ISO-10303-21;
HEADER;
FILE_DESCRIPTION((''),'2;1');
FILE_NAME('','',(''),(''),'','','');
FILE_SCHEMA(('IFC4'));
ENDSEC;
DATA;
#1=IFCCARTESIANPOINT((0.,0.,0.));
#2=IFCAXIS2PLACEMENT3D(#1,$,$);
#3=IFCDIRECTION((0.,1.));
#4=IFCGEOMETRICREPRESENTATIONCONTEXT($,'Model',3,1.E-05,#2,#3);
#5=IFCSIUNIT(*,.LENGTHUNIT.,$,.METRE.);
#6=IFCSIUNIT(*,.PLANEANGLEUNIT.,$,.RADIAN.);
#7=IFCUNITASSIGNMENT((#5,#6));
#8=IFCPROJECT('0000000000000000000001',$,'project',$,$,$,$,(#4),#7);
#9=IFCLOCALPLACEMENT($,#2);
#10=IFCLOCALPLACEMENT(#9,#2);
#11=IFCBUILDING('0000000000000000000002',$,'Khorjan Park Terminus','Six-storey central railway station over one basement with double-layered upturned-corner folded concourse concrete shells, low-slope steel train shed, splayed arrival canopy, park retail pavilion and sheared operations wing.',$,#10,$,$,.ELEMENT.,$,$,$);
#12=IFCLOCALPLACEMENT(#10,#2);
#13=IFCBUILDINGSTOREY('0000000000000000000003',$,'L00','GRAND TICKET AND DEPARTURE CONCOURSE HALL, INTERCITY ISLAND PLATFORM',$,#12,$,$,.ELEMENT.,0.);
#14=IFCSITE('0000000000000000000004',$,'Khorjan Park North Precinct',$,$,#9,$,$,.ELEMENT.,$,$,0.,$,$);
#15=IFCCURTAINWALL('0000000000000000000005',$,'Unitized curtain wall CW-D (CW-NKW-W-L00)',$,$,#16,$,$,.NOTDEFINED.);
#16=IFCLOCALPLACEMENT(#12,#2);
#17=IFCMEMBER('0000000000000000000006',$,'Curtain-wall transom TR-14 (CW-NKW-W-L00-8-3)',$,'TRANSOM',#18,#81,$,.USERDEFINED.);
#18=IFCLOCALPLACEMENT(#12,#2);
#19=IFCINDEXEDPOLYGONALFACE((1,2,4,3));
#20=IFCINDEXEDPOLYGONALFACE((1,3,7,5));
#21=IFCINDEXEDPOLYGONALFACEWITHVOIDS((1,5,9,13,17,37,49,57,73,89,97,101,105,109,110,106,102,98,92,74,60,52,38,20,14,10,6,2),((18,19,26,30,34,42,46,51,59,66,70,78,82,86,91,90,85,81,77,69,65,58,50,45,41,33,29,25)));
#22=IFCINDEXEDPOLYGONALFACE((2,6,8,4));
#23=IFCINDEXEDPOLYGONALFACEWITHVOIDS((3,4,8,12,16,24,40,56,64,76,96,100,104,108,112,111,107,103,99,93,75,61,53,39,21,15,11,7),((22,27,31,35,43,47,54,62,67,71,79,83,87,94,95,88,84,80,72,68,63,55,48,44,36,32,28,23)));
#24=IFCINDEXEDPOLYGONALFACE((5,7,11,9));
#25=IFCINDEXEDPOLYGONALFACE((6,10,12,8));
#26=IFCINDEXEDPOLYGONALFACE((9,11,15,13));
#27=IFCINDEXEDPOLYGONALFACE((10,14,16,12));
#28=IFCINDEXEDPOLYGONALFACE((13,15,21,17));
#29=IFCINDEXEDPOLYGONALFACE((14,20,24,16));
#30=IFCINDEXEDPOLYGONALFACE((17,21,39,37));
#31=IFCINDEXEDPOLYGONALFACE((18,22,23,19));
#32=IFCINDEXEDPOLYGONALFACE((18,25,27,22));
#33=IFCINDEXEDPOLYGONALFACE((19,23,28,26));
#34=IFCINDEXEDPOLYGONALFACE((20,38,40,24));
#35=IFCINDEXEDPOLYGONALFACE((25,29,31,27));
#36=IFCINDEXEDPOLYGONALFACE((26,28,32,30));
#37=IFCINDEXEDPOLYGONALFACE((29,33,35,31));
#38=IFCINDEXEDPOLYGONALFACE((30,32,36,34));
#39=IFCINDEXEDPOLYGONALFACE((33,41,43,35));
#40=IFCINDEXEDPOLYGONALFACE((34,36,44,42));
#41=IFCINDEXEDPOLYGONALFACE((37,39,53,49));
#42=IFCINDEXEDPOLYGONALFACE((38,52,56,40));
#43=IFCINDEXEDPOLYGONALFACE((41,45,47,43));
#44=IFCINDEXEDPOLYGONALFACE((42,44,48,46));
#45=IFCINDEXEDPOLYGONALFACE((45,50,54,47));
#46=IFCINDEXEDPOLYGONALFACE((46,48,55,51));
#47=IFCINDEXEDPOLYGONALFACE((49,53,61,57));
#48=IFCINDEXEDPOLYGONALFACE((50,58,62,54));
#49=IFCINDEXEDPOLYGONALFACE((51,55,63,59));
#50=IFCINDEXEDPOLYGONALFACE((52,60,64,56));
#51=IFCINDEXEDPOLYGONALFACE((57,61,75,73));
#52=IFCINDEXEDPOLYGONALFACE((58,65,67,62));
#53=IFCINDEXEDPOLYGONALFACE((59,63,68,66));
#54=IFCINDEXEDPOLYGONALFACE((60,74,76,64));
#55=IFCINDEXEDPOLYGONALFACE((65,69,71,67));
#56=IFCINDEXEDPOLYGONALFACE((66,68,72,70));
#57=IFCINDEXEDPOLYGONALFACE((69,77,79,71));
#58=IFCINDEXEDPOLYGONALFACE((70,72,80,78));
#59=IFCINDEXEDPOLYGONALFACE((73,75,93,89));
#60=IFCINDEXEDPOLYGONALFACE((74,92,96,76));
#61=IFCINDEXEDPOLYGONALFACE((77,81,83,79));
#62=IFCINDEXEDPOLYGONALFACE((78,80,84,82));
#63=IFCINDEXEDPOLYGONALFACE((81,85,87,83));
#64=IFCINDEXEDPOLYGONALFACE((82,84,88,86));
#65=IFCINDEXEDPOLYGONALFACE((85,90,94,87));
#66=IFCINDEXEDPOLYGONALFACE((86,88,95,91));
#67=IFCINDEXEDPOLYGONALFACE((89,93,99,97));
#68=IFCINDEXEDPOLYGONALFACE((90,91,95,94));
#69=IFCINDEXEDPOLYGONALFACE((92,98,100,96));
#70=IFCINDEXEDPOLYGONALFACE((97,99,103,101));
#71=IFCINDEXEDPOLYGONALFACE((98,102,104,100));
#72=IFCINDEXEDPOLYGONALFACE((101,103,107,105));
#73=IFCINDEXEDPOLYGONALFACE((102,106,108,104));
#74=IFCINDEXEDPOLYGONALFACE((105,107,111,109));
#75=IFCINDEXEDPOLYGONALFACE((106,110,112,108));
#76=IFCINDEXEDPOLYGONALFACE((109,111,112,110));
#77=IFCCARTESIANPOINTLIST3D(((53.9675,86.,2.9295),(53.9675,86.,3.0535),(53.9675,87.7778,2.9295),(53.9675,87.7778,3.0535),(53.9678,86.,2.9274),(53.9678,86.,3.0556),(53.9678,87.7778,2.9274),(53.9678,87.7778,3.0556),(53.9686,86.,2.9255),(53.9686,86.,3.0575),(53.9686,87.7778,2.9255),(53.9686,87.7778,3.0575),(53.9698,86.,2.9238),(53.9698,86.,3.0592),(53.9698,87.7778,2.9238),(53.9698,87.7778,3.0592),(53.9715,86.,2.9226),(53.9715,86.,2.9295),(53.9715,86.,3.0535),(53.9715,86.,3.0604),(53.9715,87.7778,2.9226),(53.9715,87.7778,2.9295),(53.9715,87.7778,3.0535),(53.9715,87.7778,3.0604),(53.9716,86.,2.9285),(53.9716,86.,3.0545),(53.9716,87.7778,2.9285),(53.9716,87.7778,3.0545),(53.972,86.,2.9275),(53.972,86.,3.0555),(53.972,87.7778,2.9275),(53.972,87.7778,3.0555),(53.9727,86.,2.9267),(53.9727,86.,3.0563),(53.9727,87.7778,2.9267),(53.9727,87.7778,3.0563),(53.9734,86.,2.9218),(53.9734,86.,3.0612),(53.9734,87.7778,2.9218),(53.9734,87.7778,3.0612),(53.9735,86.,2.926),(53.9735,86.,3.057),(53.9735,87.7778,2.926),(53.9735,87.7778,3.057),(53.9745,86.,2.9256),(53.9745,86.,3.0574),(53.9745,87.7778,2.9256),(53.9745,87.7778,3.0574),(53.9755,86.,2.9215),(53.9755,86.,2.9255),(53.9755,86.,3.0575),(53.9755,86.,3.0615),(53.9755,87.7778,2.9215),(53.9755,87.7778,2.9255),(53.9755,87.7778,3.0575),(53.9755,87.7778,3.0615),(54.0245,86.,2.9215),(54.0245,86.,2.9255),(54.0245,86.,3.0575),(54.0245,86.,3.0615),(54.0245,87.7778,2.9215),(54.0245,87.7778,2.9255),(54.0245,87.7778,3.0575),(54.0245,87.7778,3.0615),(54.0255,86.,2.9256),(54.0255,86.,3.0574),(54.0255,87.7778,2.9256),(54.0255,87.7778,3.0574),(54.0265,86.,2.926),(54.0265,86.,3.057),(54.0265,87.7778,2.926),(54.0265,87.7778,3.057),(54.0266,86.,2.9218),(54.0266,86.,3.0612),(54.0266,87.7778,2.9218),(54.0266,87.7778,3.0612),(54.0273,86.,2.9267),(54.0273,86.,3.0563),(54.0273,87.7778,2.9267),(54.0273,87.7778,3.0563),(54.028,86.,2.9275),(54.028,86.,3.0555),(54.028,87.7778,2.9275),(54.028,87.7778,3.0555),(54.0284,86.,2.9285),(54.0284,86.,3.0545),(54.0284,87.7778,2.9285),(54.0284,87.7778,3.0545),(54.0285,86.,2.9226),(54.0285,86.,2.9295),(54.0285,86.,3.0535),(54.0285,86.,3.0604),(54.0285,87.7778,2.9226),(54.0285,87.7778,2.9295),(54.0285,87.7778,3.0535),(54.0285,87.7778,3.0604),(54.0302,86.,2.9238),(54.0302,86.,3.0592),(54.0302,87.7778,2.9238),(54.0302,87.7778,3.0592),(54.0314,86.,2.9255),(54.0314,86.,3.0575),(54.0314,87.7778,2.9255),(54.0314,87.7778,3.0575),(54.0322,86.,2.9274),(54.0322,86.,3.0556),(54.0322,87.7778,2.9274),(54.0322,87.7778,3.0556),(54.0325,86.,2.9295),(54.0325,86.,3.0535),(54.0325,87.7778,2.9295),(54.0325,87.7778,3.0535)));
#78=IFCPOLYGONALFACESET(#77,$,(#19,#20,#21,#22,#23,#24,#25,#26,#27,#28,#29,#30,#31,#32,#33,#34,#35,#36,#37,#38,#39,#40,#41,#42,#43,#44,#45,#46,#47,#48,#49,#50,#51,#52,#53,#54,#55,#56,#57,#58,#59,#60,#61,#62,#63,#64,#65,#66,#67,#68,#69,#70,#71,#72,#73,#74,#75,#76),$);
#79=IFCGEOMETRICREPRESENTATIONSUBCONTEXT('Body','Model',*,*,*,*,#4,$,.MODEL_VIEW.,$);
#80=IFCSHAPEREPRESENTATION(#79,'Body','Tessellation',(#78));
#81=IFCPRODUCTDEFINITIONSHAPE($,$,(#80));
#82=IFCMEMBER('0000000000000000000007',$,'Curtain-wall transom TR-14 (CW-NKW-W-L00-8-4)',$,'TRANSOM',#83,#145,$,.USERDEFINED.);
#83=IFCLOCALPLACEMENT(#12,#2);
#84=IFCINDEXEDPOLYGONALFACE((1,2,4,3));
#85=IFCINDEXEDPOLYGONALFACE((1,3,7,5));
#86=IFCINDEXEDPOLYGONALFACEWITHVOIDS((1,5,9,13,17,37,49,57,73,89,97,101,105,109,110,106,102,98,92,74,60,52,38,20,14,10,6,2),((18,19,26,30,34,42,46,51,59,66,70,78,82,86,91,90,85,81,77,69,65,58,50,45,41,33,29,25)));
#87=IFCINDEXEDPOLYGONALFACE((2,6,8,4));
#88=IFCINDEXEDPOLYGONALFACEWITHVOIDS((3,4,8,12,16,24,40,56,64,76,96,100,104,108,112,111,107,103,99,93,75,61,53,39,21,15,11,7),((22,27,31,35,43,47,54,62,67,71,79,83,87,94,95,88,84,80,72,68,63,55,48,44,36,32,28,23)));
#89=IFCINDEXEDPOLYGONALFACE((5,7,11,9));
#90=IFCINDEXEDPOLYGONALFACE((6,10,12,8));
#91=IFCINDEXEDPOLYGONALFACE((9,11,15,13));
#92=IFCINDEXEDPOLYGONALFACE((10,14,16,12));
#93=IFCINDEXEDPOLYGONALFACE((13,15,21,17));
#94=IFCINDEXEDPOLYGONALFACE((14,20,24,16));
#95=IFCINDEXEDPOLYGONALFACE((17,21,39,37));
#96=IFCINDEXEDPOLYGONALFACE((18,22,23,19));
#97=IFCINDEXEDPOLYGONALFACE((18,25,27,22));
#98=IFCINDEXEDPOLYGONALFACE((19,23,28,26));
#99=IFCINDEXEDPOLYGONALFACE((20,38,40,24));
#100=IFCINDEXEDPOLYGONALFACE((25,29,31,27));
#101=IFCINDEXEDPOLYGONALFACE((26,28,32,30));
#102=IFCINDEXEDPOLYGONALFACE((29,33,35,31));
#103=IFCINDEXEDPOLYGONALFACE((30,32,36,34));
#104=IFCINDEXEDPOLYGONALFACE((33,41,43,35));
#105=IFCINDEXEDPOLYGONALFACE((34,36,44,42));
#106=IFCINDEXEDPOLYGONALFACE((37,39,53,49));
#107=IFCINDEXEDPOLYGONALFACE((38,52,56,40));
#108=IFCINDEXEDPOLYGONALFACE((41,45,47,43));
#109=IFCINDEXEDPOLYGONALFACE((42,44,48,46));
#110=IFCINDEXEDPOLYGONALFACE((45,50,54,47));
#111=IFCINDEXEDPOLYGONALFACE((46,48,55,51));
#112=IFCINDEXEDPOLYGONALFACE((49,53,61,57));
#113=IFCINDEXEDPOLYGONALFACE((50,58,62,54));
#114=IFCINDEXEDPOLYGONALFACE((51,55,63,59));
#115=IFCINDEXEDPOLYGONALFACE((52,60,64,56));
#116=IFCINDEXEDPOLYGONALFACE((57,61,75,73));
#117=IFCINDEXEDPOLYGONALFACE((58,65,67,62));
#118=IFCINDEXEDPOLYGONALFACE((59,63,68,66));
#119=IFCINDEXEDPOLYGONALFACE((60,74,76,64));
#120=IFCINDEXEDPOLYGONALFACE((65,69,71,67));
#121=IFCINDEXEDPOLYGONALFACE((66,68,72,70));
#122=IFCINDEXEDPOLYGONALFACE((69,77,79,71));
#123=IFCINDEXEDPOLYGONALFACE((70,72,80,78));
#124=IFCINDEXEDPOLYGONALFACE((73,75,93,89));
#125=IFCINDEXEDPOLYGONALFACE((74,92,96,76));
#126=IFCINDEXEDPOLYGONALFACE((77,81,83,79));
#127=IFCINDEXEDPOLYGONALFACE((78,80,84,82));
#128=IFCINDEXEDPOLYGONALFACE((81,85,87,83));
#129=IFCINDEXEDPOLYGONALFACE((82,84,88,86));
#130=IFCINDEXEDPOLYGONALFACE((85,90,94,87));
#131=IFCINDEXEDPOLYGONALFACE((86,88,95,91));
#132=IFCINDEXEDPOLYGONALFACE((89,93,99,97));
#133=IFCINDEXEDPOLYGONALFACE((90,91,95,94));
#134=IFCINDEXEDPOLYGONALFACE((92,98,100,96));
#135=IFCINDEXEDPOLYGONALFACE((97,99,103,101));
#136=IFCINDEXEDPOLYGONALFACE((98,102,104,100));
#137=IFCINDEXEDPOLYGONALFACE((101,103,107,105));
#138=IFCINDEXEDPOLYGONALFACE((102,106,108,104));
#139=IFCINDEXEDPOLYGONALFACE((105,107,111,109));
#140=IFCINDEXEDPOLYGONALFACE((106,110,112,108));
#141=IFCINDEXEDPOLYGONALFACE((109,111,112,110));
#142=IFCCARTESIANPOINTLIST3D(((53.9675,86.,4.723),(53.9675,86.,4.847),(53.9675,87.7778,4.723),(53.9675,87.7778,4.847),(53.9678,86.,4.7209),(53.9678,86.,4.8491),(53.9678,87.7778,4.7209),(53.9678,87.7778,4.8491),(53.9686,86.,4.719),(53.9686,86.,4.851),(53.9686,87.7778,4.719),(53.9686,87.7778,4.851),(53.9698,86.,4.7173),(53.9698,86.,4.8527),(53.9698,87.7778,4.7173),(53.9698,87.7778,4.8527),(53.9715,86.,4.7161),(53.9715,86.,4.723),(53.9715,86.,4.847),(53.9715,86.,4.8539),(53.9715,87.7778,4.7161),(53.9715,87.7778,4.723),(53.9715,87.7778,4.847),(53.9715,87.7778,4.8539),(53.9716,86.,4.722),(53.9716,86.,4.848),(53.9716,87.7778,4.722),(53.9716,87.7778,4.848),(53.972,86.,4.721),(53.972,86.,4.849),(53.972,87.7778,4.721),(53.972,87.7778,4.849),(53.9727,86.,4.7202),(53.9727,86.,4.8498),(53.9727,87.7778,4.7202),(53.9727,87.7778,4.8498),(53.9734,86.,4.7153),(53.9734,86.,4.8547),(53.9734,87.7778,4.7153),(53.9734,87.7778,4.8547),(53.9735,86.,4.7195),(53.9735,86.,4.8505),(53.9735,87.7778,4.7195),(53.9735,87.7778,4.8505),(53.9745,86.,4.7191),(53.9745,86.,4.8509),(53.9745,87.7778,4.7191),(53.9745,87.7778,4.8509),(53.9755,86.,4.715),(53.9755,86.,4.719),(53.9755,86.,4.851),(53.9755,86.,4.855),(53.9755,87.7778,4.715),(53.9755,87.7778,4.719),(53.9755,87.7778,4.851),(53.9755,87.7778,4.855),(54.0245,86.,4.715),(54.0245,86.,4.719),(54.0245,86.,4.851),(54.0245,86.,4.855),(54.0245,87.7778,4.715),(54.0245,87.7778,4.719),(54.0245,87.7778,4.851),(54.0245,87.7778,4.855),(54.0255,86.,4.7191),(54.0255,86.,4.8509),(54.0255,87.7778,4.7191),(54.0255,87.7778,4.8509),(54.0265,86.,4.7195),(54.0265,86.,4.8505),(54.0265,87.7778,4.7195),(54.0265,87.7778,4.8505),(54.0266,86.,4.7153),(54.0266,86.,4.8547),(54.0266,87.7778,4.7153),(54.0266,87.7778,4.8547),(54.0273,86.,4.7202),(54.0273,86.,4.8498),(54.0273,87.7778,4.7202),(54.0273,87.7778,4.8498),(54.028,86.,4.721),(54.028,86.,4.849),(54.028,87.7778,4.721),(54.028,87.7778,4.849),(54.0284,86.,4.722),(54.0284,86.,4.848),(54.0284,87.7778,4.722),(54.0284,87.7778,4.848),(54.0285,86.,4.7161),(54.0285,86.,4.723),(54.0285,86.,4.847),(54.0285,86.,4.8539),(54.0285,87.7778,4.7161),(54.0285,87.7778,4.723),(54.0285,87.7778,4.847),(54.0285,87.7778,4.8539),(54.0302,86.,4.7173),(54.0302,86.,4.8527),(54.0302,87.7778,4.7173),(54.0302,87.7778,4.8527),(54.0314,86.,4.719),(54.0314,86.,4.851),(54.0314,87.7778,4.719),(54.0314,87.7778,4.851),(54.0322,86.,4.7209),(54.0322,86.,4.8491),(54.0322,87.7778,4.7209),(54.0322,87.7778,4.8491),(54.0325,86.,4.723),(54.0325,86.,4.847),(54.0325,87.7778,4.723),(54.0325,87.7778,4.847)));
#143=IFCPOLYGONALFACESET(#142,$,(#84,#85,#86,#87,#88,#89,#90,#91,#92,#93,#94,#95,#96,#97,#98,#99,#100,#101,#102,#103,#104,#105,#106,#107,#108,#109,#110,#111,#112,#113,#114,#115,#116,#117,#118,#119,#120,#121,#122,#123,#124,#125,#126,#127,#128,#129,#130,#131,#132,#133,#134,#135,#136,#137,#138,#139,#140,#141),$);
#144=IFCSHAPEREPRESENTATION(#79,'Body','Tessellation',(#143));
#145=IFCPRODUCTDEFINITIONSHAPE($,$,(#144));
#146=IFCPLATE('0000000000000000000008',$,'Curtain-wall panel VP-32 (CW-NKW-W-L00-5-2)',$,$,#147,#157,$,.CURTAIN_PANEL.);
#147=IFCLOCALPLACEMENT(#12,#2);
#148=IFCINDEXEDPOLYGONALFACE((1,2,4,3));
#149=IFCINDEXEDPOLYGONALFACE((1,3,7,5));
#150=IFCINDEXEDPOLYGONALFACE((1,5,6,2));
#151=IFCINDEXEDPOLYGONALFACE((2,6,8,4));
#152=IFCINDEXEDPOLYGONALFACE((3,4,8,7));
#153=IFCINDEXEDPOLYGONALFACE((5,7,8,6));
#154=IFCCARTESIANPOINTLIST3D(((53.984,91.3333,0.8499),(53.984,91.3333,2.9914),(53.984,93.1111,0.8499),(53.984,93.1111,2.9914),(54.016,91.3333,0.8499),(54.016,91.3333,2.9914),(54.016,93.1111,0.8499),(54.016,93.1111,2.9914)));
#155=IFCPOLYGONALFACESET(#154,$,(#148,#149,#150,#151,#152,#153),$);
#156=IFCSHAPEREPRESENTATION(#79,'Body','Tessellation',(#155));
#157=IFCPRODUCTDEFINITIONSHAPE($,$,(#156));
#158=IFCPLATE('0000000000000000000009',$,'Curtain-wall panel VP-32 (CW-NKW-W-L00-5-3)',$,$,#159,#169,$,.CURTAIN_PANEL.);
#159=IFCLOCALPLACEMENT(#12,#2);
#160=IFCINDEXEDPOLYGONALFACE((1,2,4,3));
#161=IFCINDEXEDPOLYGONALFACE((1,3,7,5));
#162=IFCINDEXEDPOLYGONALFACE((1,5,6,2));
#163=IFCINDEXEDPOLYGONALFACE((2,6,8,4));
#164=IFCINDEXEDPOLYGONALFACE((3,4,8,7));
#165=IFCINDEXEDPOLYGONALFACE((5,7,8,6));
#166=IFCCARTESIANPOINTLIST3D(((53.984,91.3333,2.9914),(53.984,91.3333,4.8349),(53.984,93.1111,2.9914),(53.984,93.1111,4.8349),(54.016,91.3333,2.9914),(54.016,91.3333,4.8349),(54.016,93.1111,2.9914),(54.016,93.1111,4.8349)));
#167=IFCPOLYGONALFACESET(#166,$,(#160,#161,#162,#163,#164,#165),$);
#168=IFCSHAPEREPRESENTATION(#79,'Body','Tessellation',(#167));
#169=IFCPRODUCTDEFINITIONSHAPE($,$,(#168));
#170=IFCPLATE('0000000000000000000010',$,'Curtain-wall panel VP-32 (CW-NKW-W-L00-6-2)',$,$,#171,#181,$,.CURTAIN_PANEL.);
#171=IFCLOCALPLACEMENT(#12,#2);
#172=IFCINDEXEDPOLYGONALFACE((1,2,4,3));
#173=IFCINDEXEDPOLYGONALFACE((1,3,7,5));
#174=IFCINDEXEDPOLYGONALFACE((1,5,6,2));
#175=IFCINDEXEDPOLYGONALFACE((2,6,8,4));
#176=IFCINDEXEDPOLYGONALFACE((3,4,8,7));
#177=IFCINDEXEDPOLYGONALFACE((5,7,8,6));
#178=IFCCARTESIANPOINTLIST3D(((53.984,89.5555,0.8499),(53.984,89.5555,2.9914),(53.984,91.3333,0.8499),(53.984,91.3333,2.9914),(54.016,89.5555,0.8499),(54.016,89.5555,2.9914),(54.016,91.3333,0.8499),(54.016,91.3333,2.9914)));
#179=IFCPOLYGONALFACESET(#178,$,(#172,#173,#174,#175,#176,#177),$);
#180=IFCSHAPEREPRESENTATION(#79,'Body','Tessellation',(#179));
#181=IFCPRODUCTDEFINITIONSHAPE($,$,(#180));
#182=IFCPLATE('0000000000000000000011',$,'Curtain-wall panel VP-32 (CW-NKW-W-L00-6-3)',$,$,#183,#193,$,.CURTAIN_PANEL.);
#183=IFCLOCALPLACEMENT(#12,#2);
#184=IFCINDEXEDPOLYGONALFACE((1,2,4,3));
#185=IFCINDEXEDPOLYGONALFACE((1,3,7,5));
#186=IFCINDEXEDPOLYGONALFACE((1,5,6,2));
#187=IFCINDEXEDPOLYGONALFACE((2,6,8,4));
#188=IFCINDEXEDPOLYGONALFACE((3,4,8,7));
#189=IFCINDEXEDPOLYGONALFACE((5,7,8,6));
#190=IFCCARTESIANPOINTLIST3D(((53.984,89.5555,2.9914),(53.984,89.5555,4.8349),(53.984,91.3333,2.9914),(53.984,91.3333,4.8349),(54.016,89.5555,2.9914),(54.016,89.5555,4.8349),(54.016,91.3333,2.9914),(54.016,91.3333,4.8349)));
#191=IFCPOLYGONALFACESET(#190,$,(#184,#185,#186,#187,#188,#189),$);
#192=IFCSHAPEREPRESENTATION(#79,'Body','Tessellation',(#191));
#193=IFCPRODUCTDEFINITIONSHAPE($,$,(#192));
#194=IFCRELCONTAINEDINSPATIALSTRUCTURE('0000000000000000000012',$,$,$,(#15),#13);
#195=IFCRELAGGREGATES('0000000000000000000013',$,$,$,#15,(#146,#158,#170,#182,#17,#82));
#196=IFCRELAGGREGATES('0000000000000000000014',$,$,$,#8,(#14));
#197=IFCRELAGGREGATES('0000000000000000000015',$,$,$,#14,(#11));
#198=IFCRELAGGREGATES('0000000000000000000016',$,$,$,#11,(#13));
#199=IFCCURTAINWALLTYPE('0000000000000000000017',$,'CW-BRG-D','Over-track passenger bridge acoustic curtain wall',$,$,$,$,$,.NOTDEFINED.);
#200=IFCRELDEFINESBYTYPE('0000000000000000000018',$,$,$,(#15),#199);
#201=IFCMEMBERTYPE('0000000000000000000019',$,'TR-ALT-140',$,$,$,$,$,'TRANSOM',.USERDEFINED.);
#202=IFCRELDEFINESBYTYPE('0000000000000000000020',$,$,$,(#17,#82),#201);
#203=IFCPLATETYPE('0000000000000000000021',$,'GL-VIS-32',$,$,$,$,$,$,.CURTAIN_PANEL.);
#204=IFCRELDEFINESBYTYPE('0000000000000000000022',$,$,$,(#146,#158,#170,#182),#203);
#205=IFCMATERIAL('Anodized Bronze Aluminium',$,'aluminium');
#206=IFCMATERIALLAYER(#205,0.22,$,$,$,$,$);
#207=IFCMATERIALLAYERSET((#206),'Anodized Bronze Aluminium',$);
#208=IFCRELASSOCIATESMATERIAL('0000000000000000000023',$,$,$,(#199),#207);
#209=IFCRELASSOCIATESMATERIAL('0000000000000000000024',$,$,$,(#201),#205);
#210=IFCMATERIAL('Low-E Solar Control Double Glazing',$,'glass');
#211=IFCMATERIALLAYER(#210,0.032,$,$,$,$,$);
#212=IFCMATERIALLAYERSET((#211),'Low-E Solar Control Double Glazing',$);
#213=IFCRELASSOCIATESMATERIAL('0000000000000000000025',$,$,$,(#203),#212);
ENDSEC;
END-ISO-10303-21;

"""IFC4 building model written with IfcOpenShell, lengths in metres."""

from ifc_helpers import new_model, si_unit, direction, frame, origin, origin_2d, place, context, subcontext, project, spatial, rectangle, hollow_rectangle, extrude, material, layer, layer_set, material_profile, profile_set, type_object, element, aggregate, save


model = new_model("IFC4")

# Units and contexts
model_context = context("Model", 3, precision=1e-05, world=origin(), true_north=direction((0.0, 1.0)))
body_context = subcontext(model_context, "Body", "Model", "MODEL_VIEW")
ifc_project = project(units=[si_unit("LENGTHUNIT", "METRE"), si_unit("PLANEANGLEUNIT", "RADIAN")], contexts=[model_context])

# Site, building, storey
site_placement = place(None, origin())
site = spatial("IfcSite", under=ifc_project, at=site_placement, Name="Khorjan Park North Precinct", CompositionType="ELEMENT", RefElevation=0.0)
building_placement = place(site_placement, origin())
building = spatial("IfcBuilding", under=site, at=building_placement, Name="Khorjan Park Terminus", Description="Six-storey central railway station over one basement with double-layered upturned-corner folded concourse concrete shells, low-slope steel train shed, splayed arrival canopy, park retail pavilion and sheared operations wing.", CompositionType="ELEMENT")
storey_placement = place(building_placement, origin())
storey = spatial("IfcBuildingStorey", under=building, at=storey_placement, Name="L00", Description="GRAND TICKET AND DEPARTURE CONCOURSE HALL, INTERCITY ISLAND PLATFORM", CompositionType="ELEMENT", Elevation=0.0)

# Curtain wall, members, plates
ifc_material_1 = material(Name="Anodized Bronze Aluminium", Category="aluminium")
ifc_layer_1 = layer(ifc_material_1, 0.22)
ifc_layer_set_1 = layer_set([ifc_layer_1], Name="Anodized Bronze Aluminium")
curtain_wall_type = type_object("IfcCurtainWallType", Name="CW-BRG-D", Description="Over-track passenger bridge acoustic curtain wall", PredefinedType="NOTDEFINED", material=ifc_layer_set_1)
curtain_wall_placement = place(storey_placement, origin())
curtain_wall = element("IfcCurtainWall", 1, at=curtain_wall_placement, inside=storey, type_object=curtain_wall_type, Name="Unitized curtain wall CW-D (CW-NKW-W-L00)", PredefinedType="NOTDEFINED")
ifc_material_profile_1 = material_profile(ifc_material_1, hollow_rectangle(XDim=0.065, YDim=0.14, WallThickness=0.004, InnerFilletRadius=0.004, OuterFilletRadius=0.008, at=origin_2d()), Name="ALT 65x140x4")
ifc_profile_set_1 = profile_set([ifc_material_profile_1], Name="Anodized Bronze Aluminium")
member_type_1 = type_object("IfcMemberType", Name="TR-ALT-140", ElementType="TRANSOM", PredefinedType="USERDEFINED", material=ifc_profile_set_1)
member_1_placement = place(storey_placement, frame((54.0, 87.7778, 2.9915), z_axis=(0.0, -1.0, 0.0), x_axis=(1.0, 0.0, 0.0)))
member_1 = element("IfcMember", 2, at=member_1_placement, type_object=member_type_1, Name="Curtain-wall transom TR-14 (CW-NKW-W-L00-8-3)", ObjectType="TRANSOM", PredefinedType="USERDEFINED", context=body_context, shape_type="SweptSolid", body=[
    extrude(hollow_rectangle(XDim=0.065, YDim=0.14, WallThickness=0.004, InnerFilletRadius=0.004, OuterFilletRadius=0.008, at=origin_2d()), origin(), (0.0, 0.0, 1.0), 1.7778),
])
member_2_placement = place(storey_placement, frame((54.0, 87.7778, 4.785), z_axis=(0.0, -1.0, 0.0), x_axis=(1.0, 0.0, 0.0)))
member_2 = element("IfcMember", 3, at=member_2_placement, type_object=member_type_1, Name="Curtain-wall transom TR-14 (CW-NKW-W-L00-8-4)", ObjectType="TRANSOM", PredefinedType="USERDEFINED", context=body_context, shape_type="SweptSolid", body=[
    extrude(hollow_rectangle(XDim=0.065, YDim=0.14, WallThickness=0.004, InnerFilletRadius=0.004, OuterFilletRadius=0.008, at=origin_2d()), origin(), (0.0, 0.0, 1.0), 1.7778),
])
ifc_material_2 = material(Name="Low-E Solar Control Double Glazing", Category="glass")
ifc_layer_2 = layer(ifc_material_2, 0.032)
ifc_layer_set_2 = layer_set([ifc_layer_2], Name="Low-E Solar Control Double Glazing")
plate_type_1 = type_object("IfcPlateType", Name="GL-VIS-32", PredefinedType="CURTAIN_PANEL", material=ifc_layer_set_2)
plate_1_placement = place(storey_placement, frame((54.0, 92.2222, 0.8499), z_axis=(0.0, 0.0, 1.0), x_axis=(0.0, -1.0, 0.0)))
plate_1 = element("IfcPlate", 4, at=plate_1_placement, type_object=plate_type_1, Name="Curtain-wall panel VP-32 (CW-NKW-W-L00-5-2)", PredefinedType="CURTAIN_PANEL", context=body_context, shape_type="SweptSolid", body=[
    extrude(rectangle(XDim=1.7778, YDim=0.032, at=origin_2d()), origin(), (0.0, 0.0, 1.0), 2.1415),
])
plate_2_placement = place(storey_placement, frame((54.0, 92.2222, 2.9914), z_axis=(0.0, 0.0, 1.0), x_axis=(0.0, -1.0, 0.0)))
plate_2 = element("IfcPlate", 5, at=plate_2_placement, type_object=plate_type_1, Name="Curtain-wall panel VP-32 (CW-NKW-W-L00-5-3)", PredefinedType="CURTAIN_PANEL", context=body_context, shape_type="SweptSolid", body=[
    extrude(rectangle(XDim=1.7778, YDim=0.032, at=origin_2d()), origin(), (0.0, 0.0, 1.0), 1.8435),
])
plate_3_placement = place(storey_placement, frame((54.0, 90.4444, 0.8499), z_axis=(0.0, 0.0, 1.0), x_axis=(0.0, -1.0, 0.0)))
plate_3 = element("IfcPlate", 6, at=plate_3_placement, type_object=plate_type_1, Name="Curtain-wall panel VP-32 (CW-NKW-W-L00-6-2)", PredefinedType="CURTAIN_PANEL", context=body_context, shape_type="SweptSolid", body=[
    extrude(rectangle(XDim=1.7778, YDim=0.032, at=origin_2d()), origin(), (0.0, 0.0, 1.0), 2.1415),
])
plate_4_placement = place(storey_placement, frame((54.0, 90.4444, 2.9914), z_axis=(0.0, 0.0, 1.0), x_axis=(0.0, -1.0, 0.0)))
plate_4 = element("IfcPlate", 7, at=plate_4_placement, type_object=plate_type_1, Name="Curtain-wall panel VP-32 (CW-NKW-W-L00-6-3)", PredefinedType="CURTAIN_PANEL", context=body_context, shape_type="SweptSolid", body=[
    extrude(rectangle(XDim=1.7778, YDim=0.032, at=origin_2d()), origin(), (0.0, 0.0, 1.0), 1.8435),
])
aggregate(curtain_wall, [plate_1, plate_2, plate_3, plate_4, member_1, member_2])

save(model, "model.ifc")
